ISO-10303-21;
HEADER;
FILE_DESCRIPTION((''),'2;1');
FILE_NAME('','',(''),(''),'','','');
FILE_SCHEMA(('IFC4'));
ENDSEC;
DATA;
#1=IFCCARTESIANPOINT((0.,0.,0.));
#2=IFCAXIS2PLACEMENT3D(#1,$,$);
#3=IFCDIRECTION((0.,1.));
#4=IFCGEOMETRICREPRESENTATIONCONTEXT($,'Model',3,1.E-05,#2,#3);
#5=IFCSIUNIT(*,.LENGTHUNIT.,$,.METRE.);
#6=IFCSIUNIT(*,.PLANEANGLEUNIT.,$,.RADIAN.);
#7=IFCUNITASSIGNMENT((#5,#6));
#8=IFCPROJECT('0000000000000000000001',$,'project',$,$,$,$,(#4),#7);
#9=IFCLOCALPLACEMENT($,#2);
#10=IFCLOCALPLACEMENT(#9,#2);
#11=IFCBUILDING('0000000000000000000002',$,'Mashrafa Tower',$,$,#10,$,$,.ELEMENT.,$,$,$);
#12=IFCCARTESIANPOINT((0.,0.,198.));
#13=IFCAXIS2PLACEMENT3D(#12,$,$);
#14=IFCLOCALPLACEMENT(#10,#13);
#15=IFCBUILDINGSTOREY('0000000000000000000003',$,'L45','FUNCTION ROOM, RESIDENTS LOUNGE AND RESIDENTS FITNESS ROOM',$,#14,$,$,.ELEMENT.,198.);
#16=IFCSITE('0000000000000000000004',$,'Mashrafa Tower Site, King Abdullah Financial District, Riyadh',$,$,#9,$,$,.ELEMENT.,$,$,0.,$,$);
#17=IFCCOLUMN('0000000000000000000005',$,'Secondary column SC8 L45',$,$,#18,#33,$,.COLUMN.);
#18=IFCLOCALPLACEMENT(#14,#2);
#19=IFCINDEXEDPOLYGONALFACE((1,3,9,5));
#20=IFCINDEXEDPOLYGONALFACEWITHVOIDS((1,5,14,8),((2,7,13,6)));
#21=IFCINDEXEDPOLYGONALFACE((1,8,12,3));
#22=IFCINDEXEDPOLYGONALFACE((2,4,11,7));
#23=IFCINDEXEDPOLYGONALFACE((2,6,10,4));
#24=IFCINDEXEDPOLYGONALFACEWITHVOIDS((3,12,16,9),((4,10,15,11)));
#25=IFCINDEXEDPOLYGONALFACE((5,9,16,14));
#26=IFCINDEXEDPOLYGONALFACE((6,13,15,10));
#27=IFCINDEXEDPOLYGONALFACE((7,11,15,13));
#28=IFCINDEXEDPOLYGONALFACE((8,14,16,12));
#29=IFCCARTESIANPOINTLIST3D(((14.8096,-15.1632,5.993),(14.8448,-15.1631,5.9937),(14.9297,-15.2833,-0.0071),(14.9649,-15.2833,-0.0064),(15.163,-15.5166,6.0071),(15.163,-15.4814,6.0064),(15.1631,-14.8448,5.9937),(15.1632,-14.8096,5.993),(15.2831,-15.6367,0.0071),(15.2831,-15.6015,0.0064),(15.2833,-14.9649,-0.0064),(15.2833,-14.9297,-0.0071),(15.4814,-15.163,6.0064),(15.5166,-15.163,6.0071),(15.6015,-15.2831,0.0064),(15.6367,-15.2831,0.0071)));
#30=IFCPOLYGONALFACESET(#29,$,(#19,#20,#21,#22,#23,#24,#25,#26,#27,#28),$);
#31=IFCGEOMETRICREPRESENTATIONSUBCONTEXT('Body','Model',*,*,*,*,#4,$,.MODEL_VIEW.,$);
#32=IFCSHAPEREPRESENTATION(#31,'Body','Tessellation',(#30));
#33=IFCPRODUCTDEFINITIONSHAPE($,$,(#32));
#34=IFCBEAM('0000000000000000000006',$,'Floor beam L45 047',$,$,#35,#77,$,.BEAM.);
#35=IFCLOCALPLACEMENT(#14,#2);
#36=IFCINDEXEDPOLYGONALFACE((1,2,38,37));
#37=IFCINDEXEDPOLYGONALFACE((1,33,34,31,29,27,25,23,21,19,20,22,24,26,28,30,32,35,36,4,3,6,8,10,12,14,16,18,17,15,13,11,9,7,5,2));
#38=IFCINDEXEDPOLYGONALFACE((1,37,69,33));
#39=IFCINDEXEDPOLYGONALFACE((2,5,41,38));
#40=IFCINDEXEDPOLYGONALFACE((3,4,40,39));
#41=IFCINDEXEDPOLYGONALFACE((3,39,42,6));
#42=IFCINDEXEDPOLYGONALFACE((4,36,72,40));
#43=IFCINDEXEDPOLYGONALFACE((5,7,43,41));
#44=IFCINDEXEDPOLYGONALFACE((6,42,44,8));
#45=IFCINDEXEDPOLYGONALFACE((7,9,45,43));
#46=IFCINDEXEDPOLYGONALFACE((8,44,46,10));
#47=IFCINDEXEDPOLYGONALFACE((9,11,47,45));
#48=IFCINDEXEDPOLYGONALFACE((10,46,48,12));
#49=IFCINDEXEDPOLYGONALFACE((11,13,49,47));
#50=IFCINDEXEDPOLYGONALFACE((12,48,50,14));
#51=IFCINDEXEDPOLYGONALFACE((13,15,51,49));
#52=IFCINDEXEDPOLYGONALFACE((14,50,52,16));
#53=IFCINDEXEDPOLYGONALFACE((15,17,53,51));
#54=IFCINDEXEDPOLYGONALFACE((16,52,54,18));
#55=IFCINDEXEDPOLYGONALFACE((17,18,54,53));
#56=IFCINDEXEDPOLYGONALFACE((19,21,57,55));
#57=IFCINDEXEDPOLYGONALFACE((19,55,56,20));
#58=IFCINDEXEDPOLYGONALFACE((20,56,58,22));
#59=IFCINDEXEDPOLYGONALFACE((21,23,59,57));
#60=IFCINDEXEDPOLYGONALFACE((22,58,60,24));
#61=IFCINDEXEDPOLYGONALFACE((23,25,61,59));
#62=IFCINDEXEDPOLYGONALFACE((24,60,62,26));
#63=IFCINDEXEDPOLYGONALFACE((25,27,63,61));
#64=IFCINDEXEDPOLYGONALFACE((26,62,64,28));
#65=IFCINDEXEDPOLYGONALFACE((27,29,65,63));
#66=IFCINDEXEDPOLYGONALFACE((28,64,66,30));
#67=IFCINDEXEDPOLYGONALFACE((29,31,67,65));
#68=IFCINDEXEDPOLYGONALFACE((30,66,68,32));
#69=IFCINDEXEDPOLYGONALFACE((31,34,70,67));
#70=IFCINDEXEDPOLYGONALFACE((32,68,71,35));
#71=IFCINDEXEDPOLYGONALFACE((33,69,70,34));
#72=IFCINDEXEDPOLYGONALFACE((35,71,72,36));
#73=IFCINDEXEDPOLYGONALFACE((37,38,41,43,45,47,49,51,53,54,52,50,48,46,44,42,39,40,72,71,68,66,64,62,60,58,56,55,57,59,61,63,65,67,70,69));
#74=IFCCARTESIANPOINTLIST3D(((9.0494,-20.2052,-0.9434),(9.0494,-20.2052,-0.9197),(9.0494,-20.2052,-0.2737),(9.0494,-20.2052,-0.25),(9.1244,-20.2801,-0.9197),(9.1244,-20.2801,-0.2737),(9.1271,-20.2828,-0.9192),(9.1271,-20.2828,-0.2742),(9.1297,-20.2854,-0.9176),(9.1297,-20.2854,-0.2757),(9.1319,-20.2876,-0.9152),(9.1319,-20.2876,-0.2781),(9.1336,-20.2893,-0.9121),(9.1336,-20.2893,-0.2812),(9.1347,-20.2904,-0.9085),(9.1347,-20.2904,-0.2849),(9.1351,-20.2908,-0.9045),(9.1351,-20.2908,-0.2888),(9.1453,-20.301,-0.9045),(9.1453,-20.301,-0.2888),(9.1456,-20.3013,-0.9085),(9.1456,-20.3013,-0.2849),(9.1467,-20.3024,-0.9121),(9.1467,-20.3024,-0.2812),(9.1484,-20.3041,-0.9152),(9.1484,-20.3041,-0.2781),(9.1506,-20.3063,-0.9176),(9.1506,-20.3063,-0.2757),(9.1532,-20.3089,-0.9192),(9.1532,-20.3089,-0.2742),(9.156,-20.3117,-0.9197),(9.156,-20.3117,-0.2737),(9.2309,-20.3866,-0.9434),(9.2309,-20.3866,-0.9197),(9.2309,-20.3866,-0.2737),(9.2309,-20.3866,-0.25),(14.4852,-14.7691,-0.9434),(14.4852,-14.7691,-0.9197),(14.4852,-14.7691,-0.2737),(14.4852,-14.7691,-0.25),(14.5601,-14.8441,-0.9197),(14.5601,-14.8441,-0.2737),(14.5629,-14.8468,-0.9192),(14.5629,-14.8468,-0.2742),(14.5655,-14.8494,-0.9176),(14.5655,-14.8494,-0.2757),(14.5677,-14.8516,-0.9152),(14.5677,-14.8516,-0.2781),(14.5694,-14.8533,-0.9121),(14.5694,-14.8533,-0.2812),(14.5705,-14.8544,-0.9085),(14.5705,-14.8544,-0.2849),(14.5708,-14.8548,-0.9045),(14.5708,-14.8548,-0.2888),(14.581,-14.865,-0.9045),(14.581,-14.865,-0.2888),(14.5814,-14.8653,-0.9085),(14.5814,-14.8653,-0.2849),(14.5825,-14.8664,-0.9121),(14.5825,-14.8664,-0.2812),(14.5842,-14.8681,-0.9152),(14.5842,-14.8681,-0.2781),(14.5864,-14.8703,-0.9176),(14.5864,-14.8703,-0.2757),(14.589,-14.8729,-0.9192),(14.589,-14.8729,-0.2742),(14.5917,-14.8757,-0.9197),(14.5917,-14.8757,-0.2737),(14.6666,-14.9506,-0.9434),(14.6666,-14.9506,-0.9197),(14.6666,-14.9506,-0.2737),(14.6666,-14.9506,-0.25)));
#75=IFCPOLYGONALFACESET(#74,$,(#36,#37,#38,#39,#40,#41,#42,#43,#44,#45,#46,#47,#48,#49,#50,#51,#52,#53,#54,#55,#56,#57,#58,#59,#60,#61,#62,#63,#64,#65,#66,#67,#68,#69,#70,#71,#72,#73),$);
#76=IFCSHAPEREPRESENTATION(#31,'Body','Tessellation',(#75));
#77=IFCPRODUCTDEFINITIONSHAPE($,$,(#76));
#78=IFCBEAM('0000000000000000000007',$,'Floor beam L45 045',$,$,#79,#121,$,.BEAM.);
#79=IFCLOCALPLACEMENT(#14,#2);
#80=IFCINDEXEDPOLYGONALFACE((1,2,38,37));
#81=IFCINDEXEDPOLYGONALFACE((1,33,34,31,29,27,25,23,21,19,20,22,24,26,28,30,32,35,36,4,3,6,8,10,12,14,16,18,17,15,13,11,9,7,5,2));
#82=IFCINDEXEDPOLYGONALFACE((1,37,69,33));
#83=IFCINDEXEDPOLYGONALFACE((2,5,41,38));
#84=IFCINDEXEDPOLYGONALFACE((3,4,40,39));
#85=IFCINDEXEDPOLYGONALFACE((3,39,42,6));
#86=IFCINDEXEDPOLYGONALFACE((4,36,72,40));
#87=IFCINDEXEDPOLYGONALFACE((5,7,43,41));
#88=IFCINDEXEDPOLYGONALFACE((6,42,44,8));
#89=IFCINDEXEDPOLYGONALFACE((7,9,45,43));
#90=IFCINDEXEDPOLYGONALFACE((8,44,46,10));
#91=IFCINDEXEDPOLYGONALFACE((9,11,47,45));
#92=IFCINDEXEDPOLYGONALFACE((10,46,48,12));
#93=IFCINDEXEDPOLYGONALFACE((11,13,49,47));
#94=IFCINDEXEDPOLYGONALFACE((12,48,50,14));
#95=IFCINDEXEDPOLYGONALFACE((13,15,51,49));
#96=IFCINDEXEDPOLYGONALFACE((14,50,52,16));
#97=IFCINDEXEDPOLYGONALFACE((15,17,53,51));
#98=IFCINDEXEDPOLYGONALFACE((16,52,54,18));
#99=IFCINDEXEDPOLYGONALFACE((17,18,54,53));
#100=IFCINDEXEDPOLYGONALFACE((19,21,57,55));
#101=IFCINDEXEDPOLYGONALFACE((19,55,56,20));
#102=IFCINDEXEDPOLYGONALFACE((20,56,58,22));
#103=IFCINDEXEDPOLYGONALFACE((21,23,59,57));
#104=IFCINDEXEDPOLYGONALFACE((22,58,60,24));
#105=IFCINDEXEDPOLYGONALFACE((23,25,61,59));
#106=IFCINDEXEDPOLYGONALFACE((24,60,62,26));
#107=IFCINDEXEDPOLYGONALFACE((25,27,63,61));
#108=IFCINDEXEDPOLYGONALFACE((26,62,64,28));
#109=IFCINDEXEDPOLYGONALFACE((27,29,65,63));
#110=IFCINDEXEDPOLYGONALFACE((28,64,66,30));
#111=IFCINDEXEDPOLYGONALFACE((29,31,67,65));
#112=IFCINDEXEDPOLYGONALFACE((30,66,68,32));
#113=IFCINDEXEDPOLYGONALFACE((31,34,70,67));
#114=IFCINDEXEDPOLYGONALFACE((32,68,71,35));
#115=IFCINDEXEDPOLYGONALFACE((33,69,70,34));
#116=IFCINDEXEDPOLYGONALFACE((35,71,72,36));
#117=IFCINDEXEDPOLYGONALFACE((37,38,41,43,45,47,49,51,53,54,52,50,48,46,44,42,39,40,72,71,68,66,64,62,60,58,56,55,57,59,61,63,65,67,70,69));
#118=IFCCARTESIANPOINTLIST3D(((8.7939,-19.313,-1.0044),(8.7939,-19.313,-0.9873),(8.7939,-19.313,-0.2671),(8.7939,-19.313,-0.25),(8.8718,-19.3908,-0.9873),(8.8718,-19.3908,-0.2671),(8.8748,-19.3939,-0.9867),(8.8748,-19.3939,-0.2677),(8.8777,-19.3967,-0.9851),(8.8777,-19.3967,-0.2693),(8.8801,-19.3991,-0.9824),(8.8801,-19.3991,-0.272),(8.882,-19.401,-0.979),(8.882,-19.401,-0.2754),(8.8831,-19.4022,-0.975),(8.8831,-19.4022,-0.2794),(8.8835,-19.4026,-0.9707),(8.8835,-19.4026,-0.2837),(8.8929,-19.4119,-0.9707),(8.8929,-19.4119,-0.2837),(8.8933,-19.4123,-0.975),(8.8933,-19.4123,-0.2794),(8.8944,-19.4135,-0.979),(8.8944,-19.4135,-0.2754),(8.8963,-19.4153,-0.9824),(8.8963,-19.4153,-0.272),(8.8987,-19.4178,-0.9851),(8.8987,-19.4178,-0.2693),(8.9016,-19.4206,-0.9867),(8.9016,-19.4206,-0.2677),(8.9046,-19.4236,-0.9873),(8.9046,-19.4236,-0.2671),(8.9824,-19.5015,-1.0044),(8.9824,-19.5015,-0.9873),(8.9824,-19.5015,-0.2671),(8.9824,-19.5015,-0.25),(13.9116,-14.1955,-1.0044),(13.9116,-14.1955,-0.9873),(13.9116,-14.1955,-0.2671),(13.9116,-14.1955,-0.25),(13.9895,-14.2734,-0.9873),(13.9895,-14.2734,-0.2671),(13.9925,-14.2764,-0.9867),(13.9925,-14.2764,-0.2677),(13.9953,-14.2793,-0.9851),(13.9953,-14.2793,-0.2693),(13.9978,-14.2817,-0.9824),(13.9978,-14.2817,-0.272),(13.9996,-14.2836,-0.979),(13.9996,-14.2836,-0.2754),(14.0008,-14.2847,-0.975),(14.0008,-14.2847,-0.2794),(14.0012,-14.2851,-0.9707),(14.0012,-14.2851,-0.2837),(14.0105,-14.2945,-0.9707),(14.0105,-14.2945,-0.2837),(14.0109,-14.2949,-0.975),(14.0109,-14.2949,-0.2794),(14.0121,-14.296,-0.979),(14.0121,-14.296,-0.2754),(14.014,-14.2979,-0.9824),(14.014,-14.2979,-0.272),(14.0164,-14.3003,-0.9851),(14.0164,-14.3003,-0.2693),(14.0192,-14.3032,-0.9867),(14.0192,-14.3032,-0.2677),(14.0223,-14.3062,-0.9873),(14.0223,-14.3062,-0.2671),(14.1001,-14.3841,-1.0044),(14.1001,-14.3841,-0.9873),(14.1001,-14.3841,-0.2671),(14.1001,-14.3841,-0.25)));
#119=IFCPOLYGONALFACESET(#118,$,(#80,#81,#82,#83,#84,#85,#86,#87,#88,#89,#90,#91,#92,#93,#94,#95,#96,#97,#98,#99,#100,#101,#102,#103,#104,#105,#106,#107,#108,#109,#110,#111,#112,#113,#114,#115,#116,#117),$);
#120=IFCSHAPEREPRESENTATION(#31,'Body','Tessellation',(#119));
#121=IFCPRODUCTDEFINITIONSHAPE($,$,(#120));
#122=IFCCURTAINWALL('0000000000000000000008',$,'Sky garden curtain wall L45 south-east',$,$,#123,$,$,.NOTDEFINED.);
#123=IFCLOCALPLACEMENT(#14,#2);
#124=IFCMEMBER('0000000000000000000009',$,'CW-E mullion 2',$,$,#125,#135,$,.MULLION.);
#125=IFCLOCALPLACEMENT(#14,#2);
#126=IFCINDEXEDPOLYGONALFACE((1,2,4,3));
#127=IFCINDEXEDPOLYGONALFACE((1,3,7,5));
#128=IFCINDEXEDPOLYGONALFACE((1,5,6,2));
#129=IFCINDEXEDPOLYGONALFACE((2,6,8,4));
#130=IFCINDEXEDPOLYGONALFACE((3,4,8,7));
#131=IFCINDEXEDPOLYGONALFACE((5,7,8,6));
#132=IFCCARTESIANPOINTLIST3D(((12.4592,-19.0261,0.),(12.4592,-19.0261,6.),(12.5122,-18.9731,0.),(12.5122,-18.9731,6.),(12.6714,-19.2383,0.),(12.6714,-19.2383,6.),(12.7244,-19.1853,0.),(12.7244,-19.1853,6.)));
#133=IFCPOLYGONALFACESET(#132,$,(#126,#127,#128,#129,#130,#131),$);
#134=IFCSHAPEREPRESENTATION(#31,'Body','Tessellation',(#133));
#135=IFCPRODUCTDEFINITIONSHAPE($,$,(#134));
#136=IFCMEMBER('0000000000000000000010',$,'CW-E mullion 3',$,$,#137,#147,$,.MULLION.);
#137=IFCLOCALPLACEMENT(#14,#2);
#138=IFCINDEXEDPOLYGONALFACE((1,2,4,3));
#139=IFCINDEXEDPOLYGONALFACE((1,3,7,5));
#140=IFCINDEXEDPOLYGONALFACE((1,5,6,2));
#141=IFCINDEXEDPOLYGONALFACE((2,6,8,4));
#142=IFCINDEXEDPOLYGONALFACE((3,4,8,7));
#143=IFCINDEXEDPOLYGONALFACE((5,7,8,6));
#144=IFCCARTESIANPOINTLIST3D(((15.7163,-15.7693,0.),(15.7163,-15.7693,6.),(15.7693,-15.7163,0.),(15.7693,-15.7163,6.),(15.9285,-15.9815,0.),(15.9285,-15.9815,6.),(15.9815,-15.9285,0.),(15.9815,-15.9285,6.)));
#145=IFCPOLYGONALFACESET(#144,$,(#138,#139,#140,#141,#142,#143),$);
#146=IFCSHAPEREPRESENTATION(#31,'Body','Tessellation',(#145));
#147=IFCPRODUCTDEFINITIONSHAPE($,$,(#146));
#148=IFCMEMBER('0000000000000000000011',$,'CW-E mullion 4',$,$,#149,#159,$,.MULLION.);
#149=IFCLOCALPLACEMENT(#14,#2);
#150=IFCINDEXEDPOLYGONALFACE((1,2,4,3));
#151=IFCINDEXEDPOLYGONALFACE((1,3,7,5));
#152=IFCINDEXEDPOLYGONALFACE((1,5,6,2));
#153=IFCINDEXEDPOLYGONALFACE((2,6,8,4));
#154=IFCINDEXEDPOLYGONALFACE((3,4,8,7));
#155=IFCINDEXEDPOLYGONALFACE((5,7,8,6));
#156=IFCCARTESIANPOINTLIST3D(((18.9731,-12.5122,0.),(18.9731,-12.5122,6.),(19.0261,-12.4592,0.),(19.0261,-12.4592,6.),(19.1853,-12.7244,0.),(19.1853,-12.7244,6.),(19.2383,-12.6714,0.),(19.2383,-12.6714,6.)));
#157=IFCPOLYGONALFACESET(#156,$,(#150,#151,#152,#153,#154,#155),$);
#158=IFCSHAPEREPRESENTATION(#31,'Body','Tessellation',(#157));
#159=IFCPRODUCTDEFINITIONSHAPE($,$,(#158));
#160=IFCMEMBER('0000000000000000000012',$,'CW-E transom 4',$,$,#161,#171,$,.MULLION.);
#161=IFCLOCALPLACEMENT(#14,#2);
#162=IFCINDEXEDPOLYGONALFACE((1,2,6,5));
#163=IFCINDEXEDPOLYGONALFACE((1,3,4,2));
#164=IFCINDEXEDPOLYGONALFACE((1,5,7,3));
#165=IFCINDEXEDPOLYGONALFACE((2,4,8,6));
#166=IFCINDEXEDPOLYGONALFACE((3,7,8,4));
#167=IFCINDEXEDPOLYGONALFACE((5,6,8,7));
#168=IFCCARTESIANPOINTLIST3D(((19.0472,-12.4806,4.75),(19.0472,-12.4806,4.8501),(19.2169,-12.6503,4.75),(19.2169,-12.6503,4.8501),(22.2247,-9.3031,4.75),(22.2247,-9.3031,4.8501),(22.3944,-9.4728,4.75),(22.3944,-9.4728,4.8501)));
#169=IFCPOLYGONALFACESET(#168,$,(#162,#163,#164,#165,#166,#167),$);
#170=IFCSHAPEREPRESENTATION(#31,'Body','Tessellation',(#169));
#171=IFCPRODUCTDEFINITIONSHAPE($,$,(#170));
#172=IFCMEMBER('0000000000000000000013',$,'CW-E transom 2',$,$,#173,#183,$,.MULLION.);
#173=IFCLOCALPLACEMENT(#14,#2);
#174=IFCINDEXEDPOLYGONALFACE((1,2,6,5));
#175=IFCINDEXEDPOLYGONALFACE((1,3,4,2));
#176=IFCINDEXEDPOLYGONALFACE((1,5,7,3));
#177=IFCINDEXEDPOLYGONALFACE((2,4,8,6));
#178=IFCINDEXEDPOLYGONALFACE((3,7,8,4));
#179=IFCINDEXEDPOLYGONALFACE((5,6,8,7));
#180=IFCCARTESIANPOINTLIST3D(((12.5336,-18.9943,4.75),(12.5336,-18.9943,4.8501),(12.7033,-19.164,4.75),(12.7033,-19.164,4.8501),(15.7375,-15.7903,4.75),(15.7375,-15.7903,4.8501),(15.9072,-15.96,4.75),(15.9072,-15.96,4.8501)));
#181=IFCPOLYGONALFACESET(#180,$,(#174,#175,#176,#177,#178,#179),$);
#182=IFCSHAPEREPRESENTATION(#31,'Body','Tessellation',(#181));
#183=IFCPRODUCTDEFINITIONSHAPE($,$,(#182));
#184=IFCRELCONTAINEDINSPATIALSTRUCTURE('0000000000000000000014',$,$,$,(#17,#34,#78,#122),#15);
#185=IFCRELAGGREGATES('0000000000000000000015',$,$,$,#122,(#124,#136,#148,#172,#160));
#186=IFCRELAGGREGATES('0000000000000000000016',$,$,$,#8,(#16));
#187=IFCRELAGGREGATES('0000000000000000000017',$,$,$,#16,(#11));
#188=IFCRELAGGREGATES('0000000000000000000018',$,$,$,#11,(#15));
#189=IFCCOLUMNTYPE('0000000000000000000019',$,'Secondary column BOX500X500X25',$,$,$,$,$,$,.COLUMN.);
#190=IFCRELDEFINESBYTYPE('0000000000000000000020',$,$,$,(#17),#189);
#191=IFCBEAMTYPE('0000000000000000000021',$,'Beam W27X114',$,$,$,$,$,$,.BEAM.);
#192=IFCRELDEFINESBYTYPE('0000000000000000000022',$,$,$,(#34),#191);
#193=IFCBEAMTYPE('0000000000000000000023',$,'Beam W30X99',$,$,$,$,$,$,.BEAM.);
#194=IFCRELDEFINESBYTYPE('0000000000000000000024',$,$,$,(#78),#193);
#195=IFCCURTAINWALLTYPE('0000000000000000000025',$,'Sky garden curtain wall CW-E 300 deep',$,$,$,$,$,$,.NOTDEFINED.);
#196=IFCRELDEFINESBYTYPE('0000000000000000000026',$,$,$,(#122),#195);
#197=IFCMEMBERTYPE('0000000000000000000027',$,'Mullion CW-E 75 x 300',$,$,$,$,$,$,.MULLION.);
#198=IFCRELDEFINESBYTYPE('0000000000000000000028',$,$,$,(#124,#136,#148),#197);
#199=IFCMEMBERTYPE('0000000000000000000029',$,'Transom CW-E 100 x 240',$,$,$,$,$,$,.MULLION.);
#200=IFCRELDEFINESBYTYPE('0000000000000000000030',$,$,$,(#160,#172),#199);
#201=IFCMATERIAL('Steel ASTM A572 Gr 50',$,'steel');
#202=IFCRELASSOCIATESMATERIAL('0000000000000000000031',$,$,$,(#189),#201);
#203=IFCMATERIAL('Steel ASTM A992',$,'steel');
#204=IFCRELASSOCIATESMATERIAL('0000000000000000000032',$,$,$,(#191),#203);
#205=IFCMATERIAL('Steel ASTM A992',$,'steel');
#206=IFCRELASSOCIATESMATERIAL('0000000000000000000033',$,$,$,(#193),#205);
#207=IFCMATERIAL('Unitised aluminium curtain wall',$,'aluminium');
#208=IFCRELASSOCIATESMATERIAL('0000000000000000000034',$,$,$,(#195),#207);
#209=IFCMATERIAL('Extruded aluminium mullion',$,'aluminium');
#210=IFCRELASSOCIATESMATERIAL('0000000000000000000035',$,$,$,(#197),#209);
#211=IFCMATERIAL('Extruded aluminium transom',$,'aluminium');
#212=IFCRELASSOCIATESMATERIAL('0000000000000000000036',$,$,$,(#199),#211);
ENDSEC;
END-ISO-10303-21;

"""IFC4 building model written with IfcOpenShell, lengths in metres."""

from ifc_helpers import new_model, si_unit, direction, frame, origin, origin_2d, place, context, subcontext, project, spatial, rectangle, hollow_rectangle, i_section, extrude, source, transform, mapped, material, material_profile, profile_set, type_object, type_shapes, element, aggregate, save


model = new_model("IFC4")

# Units and contexts
model_context = context("Model", 3, precision=1e-05, world=origin(), true_north=direction((0.0, 1.0)))
body_context = subcontext(model_context, "Body", "Model", "MODEL_VIEW")
ifc_project = project(units=[si_unit("LENGTHUNIT", "METRE"), si_unit("PLANEANGLEUNIT", "RADIAN")], contexts=[model_context])

# Site, building, storey
site_placement = place(None, origin())
site = spatial("IfcSite", under=ifc_project, at=site_placement, Name="Mashrafa Tower Site, King Abdullah Financial District, Riyadh", CompositionType="ELEMENT", RefElevation=0.0)
building_placement = place(site_placement, origin())
building = spatial("IfcBuilding", under=site, at=building_placement, Name="Mashrafa Tower", CompositionType="ELEMENT")
storey_placement = place(building_placement, frame((0.0, 0.0, 198.0)))
storey = spatial("IfcBuildingStorey", under=building, at=storey_placement, Name="L45", Description="FUNCTION ROOM, RESIDENTS LOUNGE AND RESIDENTS FITNESS ROOM", CompositionType="ELEMENT", Elevation=198.0)

# Column
ifc_material_1 = material(Name="Steel ASTM A572 Gr 50", Category="steel")
ifc_material_profile_1 = material_profile(ifc_material_1, hollow_rectangle(XDim=0.5, YDim=0.5, WallThickness=0.0249, at=origin_2d()), Name="BOX500X500X25")
ifc_profile_set_1 = profile_set([ifc_material_profile_1], Name="Steel ASTM A572 Gr 50")
column_type = type_object("IfcColumnType", Name="Secondary column BOX500X500X25", PredefinedType="COLUMN", material=ifc_profile_set_1)
column_placement = place(storey_placement, frame((15.2832, -15.2832, 0.0), z_axis=(-0.020012, 0.020012, 0.999599), x_axis=(-0.707107, -0.707107, 0.0)))
element("IfcColumn", 1, at=column_placement, inside=storey, type_object=column_type, Name="Secondary column SC8 L45", PredefinedType="COLUMN", context=body_context, shape_type="SweptSolid", body=[
    extrude(hollow_rectangle(XDim=0.5, YDim=0.5, WallThickness=0.0249, at=origin_2d()), origin(), (0.0, 0.0, 1.0), 6.0024),
])

# Beams
ifc_material_2 = material(Name="Steel ASTM A992", Category="steel")
ifc_material_profile_2 = material_profile(ifc_material_2, i_section(OverallWidth=0.2566, OverallDepth=0.6934, WebThickness=0.0144, FlangeThickness=0.0237, FilletRadius=0.0151, at=origin_2d()), Name="W27X114")
ifc_profile_set_2 = profile_set([ifc_material_profile_2], Name="Steel ASTM A992")
beam_type_1 = type_object("IfcBeamType", Name="Beam W27X114", PredefinedType="BEAM", material=ifc_profile_set_2)
beam_1_placement = place(storey_placement, frame((14.5759, -14.8599, -0.5967), z_axis=(-0.707091, -0.707123, 0.0), x_axis=(0.707123, -0.707091, 0.0)))
element("IfcBeam", 2, at=beam_1_placement, inside=storey, type_object=beam_type_1, Name="Floor beam L45 047", PredefinedType="BEAM", context=body_context, shape_type="SweptSolid", body=[
    extrude(i_section(OverallWidth=0.2566, OverallDepth=0.6934, WebThickness=0.0144, FlangeThickness=0.0237, FilletRadius=0.0151, at=origin_2d()), origin(), (0.0, 0.0, 1.0), 7.6875),
])
ifc_material_3 = material(Name="Steel ASTM A992", Category="steel")
ifc_material_profile_3 = material_profile(ifc_material_3, i_section(OverallWidth=0.2666, OverallDepth=0.7544, WebThickness=0.0132, FlangeThickness=0.0171, FilletRadius=0.0166, at=origin_2d()), Name="W30X99")
ifc_profile_set_3 = profile_set([ifc_material_profile_3], Name="Steel ASTM A992")
beam_type_2 = type_object("IfcBeamType", Name="Beam W30X99", PredefinedType="BEAM", material=ifc_profile_set_3)
beam_2_placement = place(storey_placement, frame((14.0059, -14.2898, -0.6272), z_axis=(-0.707124, -0.70709, 0.0), x_axis=(0.70709, -0.707124, 0.0)))
element("IfcBeam", 3, at=beam_2_placement, inside=storey, type_object=beam_type_2, Name="Floor beam L45 045", PredefinedType="BEAM", context=body_context, shape_type="SweptSolid", body=[
    extrude(i_section(OverallWidth=0.2666, OverallDepth=0.7544, WebThickness=0.0132, FlangeThickness=0.0171, FilletRadius=0.0166, at=origin_2d()), origin(), (0.0, 0.0, 1.0), 7.2373),
])

# Curtain wall, members
ifc_material_4 = material(Name="Unitised aluminium curtain wall", Category="aluminium")
curtain_wall_type = type_object("IfcCurtainWallType", Name="Sky garden curtain wall CW-E 300 deep", PredefinedType="NOTDEFINED", material=ifc_material_4)
curtain_wall_placement = place(storey_placement, origin())
curtain_wall = element("IfcCurtainWall", 4, at=curtain_wall_placement, inside=storey, type_object=curtain_wall_type, Name="Sky garden curtain wall L45 south-east", PredefinedType="NOTDEFINED")
ifc_material_5 = material(Name="Extruded aluminium mullion", Category="aluminium")
ifc_material_profile_4 = material_profile(ifc_material_5, rectangle(XDim=0.3, YDim=0.075, at=origin_2d()), Name="Mullion 75x300")
ifc_profile_set_4 = profile_set([ifc_material_profile_4], Name="Extruded aluminium mullion")
member_type_1 = type_object("IfcMemberType", Name="Mullion CW-E 75 x 300", PredefinedType="MULLION", material=ifc_profile_set_4)
shared_shape_1 = source(origin(), body_context, "Body", "SweptSolid", [
    extrude(rectangle(XDim=0.3, YDim=0.075, at=origin_2d()), origin(), (0.0, 0.0, 1.0), 6.0),
])
type_shapes(member_type_1, [shared_shape_1])
member_1_placement = place(storey_placement, frame((12.5918, -19.1057, 0.0), z_axis=(0.0, 0.0, 1.0), x_axis=(-0.707107, 0.707107, 0.0)))
member_1 = element("IfcMember", 5, at=member_1_placement, type_object=member_type_1, Name="CW-E mullion 2", PredefinedType="MULLION", context=body_context, shape_type="MappedRepresentation", body=[
    mapped(shared_shape_1, transform((0.0, 0.0, 0.0))),
])
member_2_placement = place(storey_placement, frame((15.8489, -15.8489, 0.0), z_axis=(0.0, 0.0, 1.0), x_axis=(-0.707107, 0.707107, 0.0)))
member_2 = element("IfcMember", 6, at=member_2_placement, type_object=member_type_1, Name="CW-E mullion 3", PredefinedType="MULLION", context=body_context, shape_type="MappedRepresentation", body=[
    mapped(shared_shape_1, transform((0.0, 0.0, 0.0))),
])
member_3_placement = place(storey_placement, frame((19.1057, -12.5918, 0.0), z_axis=(0.0, 0.0, 1.0), x_axis=(-0.707107, 0.707107, 0.0)))
member_3 = element("IfcMember", 7, at=member_3_placement, type_object=member_type_1, Name="CW-E mullion 4", PredefinedType="MULLION", context=body_context, shape_type="MappedRepresentation", body=[
    mapped(shared_shape_1, transform((0.0, 0.0, 0.0))),
])
ifc_material_6 = material(Name="Extruded aluminium transom", Category="aluminium")
ifc_material_profile_5 = material_profile(ifc_material_6, rectangle(XDim=0.24, YDim=0.1001, at=origin_2d()), Name="Transom 100x240")
ifc_profile_set_5 = profile_set([ifc_material_profile_5], Name="Extruded aluminium transom")
member_type_2 = type_object("IfcMemberType", Name="Transom CW-E 100 x 240", PredefinedType="MULLION", material=ifc_profile_set_5)
shared_shape_2 = source(origin(), body_context, "Body", "SweptSolid", [
    extrude(rectangle(XDim=0.24, YDim=0.1001, at=origin_2d()), origin(), (0.0, 0.0, 1.0), 4.4937),
])
member_4_placement = place(storey_placement, frame((19.1321, -12.5654, 4.8), z_axis=(0.707107, 0.707107, 0.0), x_axis=(-0.707107, 0.707107, 0.0)))
member_4 = element("IfcMember", 8, at=member_4_placement, type_object=member_type_2, Name="CW-E transom 4", PredefinedType="MULLION", context=body_context, shape_type="MappedRepresentation", body=[
    mapped(shared_shape_2, transform((0.0, 0.0, 0.0))),
])
shared_shape_3 = source(origin(), body_context, "Body", "SweptSolid", [
    extrude(rectangle(XDim=0.24, YDim=0.1001, at=origin_2d()), origin(), (0.0, 0.0, 1.0), 4.531),
])
type_shapes(member_type_2, [shared_shape_2, shared_shape_3])
member_5_placement = place(storey_placement, frame((12.6184, -19.0791, 4.8), z_axis=(0.707107, 0.707107, 0.0), x_axis=(-0.707107, 0.707107, 0.0)))
member_5 = element("IfcMember", 9, at=member_5_placement, type_object=member_type_2, Name="CW-E transom 2", PredefinedType="MULLION", context=body_context, shape_type="MappedRepresentation", body=[
    mapped(shared_shape_3, transform((0.0, 0.0, 0.0))),
])
aggregate(curtain_wall, [member_1, member_2, member_3, member_5, member_4])

save(model, "model.ifc")
